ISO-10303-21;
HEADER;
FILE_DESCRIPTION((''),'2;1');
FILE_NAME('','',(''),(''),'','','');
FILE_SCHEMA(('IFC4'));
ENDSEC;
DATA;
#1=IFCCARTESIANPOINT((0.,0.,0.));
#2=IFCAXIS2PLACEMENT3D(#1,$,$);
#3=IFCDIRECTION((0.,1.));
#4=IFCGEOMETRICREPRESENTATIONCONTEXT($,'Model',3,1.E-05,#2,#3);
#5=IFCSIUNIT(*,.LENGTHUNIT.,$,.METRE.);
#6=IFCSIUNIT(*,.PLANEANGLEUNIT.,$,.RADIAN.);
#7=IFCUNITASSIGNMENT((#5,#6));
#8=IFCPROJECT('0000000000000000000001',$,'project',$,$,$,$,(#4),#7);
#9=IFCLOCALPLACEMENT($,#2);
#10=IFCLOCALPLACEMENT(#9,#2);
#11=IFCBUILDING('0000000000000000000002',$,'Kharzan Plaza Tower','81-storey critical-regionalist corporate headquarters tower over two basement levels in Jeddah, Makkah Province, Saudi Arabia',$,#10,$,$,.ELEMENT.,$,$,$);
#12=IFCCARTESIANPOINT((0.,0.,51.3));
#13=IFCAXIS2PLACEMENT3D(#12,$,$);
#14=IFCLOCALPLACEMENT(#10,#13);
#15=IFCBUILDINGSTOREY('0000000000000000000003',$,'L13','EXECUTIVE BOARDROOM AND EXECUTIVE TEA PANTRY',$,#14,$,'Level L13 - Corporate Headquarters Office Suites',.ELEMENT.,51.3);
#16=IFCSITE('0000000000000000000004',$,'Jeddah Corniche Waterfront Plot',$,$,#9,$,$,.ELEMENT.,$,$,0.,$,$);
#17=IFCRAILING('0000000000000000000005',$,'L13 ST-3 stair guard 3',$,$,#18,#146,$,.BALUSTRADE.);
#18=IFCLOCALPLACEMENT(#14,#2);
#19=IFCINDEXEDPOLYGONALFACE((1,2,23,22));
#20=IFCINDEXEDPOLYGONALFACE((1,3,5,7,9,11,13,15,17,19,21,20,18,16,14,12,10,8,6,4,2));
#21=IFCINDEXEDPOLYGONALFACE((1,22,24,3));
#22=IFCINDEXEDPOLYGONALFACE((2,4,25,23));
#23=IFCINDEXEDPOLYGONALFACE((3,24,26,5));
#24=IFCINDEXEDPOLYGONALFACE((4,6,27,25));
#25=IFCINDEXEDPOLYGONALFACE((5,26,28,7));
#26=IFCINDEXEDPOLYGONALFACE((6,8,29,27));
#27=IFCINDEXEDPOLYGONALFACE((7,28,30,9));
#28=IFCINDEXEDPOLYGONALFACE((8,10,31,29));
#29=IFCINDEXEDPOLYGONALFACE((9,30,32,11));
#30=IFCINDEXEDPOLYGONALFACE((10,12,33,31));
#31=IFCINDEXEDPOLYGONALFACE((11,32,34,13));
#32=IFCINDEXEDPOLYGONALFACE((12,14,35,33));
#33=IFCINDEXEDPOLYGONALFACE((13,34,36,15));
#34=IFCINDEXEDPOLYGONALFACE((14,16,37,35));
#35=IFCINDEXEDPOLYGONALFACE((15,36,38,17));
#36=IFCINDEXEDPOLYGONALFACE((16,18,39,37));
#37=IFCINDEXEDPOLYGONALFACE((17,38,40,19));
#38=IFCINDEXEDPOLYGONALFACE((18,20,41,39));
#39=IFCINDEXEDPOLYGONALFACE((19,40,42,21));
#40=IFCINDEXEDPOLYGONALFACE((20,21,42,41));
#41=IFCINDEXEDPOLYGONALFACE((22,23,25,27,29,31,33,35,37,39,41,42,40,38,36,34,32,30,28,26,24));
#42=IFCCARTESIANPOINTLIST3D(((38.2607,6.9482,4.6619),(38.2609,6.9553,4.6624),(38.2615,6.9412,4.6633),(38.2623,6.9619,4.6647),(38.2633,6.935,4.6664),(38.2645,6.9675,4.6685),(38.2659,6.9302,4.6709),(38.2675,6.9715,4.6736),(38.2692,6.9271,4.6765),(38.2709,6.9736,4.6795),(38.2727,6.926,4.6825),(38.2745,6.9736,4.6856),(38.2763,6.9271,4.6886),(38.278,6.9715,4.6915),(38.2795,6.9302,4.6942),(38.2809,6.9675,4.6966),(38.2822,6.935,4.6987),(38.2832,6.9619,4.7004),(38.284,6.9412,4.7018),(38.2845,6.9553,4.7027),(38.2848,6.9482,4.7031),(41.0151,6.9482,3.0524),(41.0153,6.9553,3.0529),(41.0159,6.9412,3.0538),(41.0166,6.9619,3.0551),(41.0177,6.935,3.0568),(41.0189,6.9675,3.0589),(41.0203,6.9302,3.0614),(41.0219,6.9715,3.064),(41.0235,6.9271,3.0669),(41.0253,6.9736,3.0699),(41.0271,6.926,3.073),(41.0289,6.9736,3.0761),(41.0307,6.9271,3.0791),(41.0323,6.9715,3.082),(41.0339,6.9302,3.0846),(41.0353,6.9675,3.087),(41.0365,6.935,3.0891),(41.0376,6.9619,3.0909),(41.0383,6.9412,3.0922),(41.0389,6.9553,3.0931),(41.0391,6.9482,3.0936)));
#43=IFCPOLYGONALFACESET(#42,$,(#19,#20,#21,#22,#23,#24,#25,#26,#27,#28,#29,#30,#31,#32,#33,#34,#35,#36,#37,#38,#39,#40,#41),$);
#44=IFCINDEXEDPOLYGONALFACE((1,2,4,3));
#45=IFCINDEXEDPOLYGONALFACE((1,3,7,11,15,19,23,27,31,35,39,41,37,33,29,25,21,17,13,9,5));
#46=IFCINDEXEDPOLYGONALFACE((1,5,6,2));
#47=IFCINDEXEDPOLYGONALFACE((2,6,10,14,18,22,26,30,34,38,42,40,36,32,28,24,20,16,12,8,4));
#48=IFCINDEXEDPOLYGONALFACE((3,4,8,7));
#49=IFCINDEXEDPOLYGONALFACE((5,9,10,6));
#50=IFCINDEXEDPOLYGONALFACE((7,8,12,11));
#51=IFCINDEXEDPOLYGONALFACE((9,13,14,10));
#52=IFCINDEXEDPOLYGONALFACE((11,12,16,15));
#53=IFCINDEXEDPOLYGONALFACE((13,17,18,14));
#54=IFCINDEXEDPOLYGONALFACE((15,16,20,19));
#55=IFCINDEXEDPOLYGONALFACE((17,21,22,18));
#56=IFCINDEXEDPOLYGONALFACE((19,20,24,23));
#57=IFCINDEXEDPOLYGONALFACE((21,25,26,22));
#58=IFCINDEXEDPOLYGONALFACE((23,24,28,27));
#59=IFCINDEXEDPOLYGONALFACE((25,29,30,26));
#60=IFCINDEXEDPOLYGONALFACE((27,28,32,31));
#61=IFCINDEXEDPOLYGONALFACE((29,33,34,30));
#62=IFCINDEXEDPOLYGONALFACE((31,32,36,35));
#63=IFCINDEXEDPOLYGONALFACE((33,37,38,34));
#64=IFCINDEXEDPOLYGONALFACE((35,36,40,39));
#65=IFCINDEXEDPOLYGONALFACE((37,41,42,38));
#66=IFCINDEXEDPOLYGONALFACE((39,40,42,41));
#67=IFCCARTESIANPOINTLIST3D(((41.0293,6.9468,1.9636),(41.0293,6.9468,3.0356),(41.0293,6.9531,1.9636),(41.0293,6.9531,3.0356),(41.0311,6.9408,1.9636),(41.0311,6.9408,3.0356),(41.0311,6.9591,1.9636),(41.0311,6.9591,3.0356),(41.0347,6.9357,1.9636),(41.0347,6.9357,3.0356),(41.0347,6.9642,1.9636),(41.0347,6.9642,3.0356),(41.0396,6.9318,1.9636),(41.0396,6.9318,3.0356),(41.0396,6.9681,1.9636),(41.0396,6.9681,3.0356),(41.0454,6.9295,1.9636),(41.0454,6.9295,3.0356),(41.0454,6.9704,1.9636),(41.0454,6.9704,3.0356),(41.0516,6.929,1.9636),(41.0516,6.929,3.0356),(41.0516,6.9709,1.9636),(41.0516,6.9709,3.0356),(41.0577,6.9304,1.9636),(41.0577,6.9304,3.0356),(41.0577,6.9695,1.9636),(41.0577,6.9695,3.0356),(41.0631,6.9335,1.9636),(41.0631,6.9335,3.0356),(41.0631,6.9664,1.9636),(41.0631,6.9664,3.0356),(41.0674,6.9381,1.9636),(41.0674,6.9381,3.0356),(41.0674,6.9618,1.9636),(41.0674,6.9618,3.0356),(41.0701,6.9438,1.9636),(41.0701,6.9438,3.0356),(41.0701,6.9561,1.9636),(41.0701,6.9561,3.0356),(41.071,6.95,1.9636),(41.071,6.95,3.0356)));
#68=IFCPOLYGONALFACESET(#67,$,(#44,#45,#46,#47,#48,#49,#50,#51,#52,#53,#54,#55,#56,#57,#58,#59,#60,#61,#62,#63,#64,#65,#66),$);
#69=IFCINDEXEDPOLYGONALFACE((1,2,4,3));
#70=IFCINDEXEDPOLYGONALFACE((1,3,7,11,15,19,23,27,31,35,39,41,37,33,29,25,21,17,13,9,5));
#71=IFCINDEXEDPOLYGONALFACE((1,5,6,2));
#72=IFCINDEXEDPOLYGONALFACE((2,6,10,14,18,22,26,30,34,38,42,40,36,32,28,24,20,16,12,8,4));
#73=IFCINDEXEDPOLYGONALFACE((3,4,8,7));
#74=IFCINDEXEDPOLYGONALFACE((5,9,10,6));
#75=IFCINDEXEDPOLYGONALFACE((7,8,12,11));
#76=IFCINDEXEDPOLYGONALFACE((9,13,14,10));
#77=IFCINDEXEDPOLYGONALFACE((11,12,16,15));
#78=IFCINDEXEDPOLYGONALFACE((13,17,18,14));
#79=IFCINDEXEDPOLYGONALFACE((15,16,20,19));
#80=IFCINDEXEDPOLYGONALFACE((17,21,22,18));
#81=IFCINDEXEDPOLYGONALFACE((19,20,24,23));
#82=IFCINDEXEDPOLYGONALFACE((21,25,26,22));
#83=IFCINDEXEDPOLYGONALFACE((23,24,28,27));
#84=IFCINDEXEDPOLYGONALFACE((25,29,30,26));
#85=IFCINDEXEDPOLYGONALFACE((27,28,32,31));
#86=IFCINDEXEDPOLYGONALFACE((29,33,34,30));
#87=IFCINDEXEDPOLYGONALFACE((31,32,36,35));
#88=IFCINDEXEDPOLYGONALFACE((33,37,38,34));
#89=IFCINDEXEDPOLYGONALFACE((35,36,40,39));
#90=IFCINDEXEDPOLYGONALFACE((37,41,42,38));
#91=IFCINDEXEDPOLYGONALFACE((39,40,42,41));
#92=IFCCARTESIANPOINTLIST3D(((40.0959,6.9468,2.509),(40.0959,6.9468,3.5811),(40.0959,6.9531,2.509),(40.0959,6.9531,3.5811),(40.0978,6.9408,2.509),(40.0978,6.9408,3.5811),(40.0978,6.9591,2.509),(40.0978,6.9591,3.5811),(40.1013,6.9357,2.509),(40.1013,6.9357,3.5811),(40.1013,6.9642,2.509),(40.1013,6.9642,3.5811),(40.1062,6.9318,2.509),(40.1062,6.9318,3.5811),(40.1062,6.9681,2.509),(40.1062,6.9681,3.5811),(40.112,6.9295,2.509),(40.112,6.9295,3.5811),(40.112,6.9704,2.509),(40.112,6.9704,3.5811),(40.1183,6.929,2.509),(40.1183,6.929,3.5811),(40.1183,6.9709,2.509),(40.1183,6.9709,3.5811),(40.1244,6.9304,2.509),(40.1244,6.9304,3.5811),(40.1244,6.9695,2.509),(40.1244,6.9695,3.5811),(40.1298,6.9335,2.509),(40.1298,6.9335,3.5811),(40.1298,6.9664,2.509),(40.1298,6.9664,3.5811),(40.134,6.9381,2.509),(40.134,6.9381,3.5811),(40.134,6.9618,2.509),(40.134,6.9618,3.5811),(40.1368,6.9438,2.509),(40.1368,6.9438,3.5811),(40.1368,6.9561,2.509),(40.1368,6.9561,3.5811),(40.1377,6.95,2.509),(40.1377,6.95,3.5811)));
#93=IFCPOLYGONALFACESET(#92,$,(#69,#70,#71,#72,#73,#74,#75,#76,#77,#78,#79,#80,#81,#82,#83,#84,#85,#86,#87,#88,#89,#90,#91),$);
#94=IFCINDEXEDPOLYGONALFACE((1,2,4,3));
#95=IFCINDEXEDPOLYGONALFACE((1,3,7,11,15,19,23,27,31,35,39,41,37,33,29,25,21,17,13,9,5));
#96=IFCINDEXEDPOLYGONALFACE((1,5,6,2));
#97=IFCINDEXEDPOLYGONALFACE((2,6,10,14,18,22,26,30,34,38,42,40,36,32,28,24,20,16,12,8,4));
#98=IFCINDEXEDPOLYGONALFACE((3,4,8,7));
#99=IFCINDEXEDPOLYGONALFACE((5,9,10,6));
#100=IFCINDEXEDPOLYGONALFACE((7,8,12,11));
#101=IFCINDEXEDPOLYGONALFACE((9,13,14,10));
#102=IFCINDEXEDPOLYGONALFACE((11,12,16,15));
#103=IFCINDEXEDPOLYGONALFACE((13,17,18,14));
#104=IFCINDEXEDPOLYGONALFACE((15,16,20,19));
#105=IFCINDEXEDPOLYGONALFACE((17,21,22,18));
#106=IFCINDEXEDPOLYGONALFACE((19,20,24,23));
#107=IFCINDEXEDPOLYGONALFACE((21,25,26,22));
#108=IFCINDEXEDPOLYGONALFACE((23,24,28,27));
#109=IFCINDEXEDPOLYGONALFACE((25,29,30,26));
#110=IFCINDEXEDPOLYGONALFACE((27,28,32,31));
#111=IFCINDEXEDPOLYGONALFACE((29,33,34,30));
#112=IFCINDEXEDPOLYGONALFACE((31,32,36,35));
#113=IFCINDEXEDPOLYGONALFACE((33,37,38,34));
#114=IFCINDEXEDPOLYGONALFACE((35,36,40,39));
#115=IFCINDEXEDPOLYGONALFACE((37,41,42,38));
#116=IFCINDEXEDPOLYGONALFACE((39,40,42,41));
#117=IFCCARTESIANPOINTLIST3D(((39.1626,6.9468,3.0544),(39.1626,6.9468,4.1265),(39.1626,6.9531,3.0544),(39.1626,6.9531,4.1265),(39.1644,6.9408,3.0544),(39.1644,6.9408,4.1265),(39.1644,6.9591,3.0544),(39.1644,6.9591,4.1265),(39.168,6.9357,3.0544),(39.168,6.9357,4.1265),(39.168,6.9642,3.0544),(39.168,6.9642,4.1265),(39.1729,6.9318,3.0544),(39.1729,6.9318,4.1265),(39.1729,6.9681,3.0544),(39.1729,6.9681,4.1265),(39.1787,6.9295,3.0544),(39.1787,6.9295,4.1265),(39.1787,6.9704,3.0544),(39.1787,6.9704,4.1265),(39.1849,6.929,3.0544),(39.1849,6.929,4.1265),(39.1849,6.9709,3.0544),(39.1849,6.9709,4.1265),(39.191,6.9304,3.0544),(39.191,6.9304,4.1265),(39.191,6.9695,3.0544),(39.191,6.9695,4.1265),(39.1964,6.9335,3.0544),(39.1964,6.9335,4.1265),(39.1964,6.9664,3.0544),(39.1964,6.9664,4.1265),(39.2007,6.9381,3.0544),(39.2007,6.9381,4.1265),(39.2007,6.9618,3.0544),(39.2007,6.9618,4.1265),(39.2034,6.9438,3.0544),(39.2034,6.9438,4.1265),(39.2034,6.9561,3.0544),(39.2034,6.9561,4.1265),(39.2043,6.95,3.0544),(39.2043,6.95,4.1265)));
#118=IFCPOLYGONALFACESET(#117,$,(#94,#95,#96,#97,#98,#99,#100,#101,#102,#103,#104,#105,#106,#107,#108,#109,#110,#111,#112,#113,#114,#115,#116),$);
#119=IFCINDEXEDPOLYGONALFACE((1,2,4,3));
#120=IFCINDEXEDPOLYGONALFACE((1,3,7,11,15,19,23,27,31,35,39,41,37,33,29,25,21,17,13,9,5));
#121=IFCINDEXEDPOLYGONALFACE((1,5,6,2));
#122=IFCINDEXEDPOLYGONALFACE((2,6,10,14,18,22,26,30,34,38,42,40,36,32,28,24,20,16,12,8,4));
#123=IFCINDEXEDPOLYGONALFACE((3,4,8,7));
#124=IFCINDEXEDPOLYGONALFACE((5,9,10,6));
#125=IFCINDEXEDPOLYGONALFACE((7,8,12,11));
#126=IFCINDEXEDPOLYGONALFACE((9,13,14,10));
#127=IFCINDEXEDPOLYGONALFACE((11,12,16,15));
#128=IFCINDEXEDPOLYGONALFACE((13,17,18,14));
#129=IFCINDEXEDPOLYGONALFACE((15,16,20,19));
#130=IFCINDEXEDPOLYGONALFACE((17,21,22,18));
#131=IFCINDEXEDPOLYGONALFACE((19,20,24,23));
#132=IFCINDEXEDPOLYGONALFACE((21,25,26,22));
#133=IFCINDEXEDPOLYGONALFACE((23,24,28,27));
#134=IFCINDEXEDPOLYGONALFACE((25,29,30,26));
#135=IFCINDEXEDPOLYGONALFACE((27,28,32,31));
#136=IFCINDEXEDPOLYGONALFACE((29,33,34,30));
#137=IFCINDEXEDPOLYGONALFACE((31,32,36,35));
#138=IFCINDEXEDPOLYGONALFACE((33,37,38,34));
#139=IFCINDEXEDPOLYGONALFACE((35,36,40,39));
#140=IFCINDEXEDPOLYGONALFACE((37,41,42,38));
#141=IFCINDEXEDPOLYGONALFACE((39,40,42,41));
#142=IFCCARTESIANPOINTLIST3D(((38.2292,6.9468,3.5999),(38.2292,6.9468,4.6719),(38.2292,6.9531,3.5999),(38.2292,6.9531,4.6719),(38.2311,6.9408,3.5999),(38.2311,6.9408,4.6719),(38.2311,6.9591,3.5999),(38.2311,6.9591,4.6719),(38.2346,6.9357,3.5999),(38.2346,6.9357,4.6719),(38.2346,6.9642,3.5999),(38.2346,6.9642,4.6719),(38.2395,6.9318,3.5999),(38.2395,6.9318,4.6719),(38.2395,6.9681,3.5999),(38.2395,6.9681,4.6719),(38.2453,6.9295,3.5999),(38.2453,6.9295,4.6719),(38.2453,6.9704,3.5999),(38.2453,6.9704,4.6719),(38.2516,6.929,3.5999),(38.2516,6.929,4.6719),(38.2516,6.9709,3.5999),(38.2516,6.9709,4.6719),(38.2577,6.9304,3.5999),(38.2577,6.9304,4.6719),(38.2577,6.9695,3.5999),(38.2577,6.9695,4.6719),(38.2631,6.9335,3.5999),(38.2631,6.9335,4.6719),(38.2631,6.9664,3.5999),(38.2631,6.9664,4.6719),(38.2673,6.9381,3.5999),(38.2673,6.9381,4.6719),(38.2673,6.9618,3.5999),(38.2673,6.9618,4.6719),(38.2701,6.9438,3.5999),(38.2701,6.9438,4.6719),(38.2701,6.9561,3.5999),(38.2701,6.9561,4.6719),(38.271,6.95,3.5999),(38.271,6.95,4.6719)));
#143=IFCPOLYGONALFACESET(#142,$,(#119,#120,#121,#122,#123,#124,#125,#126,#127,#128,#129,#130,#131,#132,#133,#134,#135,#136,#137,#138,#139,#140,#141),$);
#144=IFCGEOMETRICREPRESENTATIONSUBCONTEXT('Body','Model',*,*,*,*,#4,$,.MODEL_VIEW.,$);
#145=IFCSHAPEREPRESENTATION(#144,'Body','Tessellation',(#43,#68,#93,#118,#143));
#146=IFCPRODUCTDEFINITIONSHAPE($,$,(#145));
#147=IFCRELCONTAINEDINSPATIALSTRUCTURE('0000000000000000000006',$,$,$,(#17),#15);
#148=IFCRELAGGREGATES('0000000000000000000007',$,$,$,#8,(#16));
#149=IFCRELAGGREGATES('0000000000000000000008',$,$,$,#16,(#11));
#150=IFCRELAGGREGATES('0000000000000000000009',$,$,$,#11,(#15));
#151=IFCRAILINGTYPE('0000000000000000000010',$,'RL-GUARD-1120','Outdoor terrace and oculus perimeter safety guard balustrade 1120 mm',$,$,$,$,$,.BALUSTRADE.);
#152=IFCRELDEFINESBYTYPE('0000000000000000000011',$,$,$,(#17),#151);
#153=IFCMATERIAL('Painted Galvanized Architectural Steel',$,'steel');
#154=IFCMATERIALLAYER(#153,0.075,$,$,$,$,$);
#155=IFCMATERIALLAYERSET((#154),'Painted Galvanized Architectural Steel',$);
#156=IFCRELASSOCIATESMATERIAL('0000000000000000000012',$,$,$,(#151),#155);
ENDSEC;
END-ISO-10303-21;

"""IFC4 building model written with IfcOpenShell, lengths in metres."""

from ifc_helpers import new_model, si_unit, direction, frame, origin, origin_2d, place, context, subcontext, project, spatial, circle, extrude, source, transform, mapped, material, layer, layer_set, type_object, element, save


model = new_model("IFC4")

# Units and contexts
model_context = context("Model", 3, precision=1e-05, world=origin(), true_north=direction((0.0, 1.0)))
body_context = subcontext(model_context, "Body", "Model", "MODEL_VIEW")
ifc_project = project(units=[si_unit("LENGTHUNIT", "METRE"), si_unit("PLANEANGLEUNIT", "RADIAN")], contexts=[model_context])

# Site, building, storey
site_placement = place(None, origin())
site = spatial("IfcSite", under=ifc_project, at=site_placement, Name="Jeddah Corniche Waterfront Plot", CompositionType="ELEMENT", RefElevation=0.0)
building_placement = place(site_placement, origin())
building = spatial("IfcBuilding", under=site, at=building_placement, Name="Kharzan Plaza Tower", Description="81-storey critical-regionalist corporate headquarters tower over two basement levels in Jeddah, Makkah Province, Saudi Arabia", CompositionType="ELEMENT")
storey_placement = place(building_placement, frame((0.0, 0.0, 51.3)))
storey = spatial("IfcBuildingStorey", under=building, at=storey_placement, Name="L13", Description="EXECUTIVE BOARDROOM AND EXECUTIVE TEA PANTRY", LongName="Level L13 - Corporate Headquarters Office Suites", CompositionType="ELEMENT", Elevation=51.3)

# Railing
ifc_material_1 = material(Name="Painted Galvanized Architectural Steel", Category="steel")
ifc_layer_1 = layer(ifc_material_1, 0.075)
ifc_layer_set_1 = layer_set([ifc_layer_1], Name="Painted Galvanized Architectural Steel")
railing_type_1 = type_object("IfcRailingType", Name="RL-GUARD-1120", Description="Outdoor terrace and oculus perimeter safety guard balustrade 1120 mm", PredefinedType="BALUSTRADE", material=ifc_layer_set_1)
shared_shape_1 = source(origin(), body_context, "Body", "SweptSolid", [
    extrude(circle(Radius=0.0239, at=origin_2d()), frame((-0.0229, 0.0, 1.1094), z_axis=(-0.863394, 0.0, 0.504531), x_axis=(0.0, -1.0, 0.0)), (0.0, 0.0, 1.0), 3.1902),
    extrude(circle(Radius=0.021, at=origin_2d()), origin(), (0.0, 0.0, 1.0), 1.072),
    extrude(circle(Radius=0.021, at=origin_2d()), frame((-0.9333, 0.0, 0.5454)), (0.0, 0.0, 1.0), 1.072),
    extrude(circle(Radius=0.021, at=origin_2d()), frame((-1.8667, 0.0, 1.0908)), (0.0, 0.0, 1.0), 1.072),
    extrude(circle(Radius=0.021, at=origin_2d()), frame((-2.8, 0.0, 1.6362)), (0.0, 0.0, 1.0), 1.072),
])
railing_1_placement = place(storey_placement, frame((41.05, 6.95, 1.9636)))
element("IfcRailing", 1, at=railing_1_placement, inside=storey, type_object=railing_type_1, Name="L13 ST-3 stair guard 3", PredefinedType="BALUSTRADE", context=body_context, shape_type="MappedRepresentation", body=[
    mapped(shared_shape_1, transform((0.0, 0.0, 0.0), x_axis=(1.0, 0.0, 0.0), y_axis=(0.0, 1.0, 0.0), z_axis=(0.0, 0.0, 1.0))),
])

save(model, "model.ifc")
